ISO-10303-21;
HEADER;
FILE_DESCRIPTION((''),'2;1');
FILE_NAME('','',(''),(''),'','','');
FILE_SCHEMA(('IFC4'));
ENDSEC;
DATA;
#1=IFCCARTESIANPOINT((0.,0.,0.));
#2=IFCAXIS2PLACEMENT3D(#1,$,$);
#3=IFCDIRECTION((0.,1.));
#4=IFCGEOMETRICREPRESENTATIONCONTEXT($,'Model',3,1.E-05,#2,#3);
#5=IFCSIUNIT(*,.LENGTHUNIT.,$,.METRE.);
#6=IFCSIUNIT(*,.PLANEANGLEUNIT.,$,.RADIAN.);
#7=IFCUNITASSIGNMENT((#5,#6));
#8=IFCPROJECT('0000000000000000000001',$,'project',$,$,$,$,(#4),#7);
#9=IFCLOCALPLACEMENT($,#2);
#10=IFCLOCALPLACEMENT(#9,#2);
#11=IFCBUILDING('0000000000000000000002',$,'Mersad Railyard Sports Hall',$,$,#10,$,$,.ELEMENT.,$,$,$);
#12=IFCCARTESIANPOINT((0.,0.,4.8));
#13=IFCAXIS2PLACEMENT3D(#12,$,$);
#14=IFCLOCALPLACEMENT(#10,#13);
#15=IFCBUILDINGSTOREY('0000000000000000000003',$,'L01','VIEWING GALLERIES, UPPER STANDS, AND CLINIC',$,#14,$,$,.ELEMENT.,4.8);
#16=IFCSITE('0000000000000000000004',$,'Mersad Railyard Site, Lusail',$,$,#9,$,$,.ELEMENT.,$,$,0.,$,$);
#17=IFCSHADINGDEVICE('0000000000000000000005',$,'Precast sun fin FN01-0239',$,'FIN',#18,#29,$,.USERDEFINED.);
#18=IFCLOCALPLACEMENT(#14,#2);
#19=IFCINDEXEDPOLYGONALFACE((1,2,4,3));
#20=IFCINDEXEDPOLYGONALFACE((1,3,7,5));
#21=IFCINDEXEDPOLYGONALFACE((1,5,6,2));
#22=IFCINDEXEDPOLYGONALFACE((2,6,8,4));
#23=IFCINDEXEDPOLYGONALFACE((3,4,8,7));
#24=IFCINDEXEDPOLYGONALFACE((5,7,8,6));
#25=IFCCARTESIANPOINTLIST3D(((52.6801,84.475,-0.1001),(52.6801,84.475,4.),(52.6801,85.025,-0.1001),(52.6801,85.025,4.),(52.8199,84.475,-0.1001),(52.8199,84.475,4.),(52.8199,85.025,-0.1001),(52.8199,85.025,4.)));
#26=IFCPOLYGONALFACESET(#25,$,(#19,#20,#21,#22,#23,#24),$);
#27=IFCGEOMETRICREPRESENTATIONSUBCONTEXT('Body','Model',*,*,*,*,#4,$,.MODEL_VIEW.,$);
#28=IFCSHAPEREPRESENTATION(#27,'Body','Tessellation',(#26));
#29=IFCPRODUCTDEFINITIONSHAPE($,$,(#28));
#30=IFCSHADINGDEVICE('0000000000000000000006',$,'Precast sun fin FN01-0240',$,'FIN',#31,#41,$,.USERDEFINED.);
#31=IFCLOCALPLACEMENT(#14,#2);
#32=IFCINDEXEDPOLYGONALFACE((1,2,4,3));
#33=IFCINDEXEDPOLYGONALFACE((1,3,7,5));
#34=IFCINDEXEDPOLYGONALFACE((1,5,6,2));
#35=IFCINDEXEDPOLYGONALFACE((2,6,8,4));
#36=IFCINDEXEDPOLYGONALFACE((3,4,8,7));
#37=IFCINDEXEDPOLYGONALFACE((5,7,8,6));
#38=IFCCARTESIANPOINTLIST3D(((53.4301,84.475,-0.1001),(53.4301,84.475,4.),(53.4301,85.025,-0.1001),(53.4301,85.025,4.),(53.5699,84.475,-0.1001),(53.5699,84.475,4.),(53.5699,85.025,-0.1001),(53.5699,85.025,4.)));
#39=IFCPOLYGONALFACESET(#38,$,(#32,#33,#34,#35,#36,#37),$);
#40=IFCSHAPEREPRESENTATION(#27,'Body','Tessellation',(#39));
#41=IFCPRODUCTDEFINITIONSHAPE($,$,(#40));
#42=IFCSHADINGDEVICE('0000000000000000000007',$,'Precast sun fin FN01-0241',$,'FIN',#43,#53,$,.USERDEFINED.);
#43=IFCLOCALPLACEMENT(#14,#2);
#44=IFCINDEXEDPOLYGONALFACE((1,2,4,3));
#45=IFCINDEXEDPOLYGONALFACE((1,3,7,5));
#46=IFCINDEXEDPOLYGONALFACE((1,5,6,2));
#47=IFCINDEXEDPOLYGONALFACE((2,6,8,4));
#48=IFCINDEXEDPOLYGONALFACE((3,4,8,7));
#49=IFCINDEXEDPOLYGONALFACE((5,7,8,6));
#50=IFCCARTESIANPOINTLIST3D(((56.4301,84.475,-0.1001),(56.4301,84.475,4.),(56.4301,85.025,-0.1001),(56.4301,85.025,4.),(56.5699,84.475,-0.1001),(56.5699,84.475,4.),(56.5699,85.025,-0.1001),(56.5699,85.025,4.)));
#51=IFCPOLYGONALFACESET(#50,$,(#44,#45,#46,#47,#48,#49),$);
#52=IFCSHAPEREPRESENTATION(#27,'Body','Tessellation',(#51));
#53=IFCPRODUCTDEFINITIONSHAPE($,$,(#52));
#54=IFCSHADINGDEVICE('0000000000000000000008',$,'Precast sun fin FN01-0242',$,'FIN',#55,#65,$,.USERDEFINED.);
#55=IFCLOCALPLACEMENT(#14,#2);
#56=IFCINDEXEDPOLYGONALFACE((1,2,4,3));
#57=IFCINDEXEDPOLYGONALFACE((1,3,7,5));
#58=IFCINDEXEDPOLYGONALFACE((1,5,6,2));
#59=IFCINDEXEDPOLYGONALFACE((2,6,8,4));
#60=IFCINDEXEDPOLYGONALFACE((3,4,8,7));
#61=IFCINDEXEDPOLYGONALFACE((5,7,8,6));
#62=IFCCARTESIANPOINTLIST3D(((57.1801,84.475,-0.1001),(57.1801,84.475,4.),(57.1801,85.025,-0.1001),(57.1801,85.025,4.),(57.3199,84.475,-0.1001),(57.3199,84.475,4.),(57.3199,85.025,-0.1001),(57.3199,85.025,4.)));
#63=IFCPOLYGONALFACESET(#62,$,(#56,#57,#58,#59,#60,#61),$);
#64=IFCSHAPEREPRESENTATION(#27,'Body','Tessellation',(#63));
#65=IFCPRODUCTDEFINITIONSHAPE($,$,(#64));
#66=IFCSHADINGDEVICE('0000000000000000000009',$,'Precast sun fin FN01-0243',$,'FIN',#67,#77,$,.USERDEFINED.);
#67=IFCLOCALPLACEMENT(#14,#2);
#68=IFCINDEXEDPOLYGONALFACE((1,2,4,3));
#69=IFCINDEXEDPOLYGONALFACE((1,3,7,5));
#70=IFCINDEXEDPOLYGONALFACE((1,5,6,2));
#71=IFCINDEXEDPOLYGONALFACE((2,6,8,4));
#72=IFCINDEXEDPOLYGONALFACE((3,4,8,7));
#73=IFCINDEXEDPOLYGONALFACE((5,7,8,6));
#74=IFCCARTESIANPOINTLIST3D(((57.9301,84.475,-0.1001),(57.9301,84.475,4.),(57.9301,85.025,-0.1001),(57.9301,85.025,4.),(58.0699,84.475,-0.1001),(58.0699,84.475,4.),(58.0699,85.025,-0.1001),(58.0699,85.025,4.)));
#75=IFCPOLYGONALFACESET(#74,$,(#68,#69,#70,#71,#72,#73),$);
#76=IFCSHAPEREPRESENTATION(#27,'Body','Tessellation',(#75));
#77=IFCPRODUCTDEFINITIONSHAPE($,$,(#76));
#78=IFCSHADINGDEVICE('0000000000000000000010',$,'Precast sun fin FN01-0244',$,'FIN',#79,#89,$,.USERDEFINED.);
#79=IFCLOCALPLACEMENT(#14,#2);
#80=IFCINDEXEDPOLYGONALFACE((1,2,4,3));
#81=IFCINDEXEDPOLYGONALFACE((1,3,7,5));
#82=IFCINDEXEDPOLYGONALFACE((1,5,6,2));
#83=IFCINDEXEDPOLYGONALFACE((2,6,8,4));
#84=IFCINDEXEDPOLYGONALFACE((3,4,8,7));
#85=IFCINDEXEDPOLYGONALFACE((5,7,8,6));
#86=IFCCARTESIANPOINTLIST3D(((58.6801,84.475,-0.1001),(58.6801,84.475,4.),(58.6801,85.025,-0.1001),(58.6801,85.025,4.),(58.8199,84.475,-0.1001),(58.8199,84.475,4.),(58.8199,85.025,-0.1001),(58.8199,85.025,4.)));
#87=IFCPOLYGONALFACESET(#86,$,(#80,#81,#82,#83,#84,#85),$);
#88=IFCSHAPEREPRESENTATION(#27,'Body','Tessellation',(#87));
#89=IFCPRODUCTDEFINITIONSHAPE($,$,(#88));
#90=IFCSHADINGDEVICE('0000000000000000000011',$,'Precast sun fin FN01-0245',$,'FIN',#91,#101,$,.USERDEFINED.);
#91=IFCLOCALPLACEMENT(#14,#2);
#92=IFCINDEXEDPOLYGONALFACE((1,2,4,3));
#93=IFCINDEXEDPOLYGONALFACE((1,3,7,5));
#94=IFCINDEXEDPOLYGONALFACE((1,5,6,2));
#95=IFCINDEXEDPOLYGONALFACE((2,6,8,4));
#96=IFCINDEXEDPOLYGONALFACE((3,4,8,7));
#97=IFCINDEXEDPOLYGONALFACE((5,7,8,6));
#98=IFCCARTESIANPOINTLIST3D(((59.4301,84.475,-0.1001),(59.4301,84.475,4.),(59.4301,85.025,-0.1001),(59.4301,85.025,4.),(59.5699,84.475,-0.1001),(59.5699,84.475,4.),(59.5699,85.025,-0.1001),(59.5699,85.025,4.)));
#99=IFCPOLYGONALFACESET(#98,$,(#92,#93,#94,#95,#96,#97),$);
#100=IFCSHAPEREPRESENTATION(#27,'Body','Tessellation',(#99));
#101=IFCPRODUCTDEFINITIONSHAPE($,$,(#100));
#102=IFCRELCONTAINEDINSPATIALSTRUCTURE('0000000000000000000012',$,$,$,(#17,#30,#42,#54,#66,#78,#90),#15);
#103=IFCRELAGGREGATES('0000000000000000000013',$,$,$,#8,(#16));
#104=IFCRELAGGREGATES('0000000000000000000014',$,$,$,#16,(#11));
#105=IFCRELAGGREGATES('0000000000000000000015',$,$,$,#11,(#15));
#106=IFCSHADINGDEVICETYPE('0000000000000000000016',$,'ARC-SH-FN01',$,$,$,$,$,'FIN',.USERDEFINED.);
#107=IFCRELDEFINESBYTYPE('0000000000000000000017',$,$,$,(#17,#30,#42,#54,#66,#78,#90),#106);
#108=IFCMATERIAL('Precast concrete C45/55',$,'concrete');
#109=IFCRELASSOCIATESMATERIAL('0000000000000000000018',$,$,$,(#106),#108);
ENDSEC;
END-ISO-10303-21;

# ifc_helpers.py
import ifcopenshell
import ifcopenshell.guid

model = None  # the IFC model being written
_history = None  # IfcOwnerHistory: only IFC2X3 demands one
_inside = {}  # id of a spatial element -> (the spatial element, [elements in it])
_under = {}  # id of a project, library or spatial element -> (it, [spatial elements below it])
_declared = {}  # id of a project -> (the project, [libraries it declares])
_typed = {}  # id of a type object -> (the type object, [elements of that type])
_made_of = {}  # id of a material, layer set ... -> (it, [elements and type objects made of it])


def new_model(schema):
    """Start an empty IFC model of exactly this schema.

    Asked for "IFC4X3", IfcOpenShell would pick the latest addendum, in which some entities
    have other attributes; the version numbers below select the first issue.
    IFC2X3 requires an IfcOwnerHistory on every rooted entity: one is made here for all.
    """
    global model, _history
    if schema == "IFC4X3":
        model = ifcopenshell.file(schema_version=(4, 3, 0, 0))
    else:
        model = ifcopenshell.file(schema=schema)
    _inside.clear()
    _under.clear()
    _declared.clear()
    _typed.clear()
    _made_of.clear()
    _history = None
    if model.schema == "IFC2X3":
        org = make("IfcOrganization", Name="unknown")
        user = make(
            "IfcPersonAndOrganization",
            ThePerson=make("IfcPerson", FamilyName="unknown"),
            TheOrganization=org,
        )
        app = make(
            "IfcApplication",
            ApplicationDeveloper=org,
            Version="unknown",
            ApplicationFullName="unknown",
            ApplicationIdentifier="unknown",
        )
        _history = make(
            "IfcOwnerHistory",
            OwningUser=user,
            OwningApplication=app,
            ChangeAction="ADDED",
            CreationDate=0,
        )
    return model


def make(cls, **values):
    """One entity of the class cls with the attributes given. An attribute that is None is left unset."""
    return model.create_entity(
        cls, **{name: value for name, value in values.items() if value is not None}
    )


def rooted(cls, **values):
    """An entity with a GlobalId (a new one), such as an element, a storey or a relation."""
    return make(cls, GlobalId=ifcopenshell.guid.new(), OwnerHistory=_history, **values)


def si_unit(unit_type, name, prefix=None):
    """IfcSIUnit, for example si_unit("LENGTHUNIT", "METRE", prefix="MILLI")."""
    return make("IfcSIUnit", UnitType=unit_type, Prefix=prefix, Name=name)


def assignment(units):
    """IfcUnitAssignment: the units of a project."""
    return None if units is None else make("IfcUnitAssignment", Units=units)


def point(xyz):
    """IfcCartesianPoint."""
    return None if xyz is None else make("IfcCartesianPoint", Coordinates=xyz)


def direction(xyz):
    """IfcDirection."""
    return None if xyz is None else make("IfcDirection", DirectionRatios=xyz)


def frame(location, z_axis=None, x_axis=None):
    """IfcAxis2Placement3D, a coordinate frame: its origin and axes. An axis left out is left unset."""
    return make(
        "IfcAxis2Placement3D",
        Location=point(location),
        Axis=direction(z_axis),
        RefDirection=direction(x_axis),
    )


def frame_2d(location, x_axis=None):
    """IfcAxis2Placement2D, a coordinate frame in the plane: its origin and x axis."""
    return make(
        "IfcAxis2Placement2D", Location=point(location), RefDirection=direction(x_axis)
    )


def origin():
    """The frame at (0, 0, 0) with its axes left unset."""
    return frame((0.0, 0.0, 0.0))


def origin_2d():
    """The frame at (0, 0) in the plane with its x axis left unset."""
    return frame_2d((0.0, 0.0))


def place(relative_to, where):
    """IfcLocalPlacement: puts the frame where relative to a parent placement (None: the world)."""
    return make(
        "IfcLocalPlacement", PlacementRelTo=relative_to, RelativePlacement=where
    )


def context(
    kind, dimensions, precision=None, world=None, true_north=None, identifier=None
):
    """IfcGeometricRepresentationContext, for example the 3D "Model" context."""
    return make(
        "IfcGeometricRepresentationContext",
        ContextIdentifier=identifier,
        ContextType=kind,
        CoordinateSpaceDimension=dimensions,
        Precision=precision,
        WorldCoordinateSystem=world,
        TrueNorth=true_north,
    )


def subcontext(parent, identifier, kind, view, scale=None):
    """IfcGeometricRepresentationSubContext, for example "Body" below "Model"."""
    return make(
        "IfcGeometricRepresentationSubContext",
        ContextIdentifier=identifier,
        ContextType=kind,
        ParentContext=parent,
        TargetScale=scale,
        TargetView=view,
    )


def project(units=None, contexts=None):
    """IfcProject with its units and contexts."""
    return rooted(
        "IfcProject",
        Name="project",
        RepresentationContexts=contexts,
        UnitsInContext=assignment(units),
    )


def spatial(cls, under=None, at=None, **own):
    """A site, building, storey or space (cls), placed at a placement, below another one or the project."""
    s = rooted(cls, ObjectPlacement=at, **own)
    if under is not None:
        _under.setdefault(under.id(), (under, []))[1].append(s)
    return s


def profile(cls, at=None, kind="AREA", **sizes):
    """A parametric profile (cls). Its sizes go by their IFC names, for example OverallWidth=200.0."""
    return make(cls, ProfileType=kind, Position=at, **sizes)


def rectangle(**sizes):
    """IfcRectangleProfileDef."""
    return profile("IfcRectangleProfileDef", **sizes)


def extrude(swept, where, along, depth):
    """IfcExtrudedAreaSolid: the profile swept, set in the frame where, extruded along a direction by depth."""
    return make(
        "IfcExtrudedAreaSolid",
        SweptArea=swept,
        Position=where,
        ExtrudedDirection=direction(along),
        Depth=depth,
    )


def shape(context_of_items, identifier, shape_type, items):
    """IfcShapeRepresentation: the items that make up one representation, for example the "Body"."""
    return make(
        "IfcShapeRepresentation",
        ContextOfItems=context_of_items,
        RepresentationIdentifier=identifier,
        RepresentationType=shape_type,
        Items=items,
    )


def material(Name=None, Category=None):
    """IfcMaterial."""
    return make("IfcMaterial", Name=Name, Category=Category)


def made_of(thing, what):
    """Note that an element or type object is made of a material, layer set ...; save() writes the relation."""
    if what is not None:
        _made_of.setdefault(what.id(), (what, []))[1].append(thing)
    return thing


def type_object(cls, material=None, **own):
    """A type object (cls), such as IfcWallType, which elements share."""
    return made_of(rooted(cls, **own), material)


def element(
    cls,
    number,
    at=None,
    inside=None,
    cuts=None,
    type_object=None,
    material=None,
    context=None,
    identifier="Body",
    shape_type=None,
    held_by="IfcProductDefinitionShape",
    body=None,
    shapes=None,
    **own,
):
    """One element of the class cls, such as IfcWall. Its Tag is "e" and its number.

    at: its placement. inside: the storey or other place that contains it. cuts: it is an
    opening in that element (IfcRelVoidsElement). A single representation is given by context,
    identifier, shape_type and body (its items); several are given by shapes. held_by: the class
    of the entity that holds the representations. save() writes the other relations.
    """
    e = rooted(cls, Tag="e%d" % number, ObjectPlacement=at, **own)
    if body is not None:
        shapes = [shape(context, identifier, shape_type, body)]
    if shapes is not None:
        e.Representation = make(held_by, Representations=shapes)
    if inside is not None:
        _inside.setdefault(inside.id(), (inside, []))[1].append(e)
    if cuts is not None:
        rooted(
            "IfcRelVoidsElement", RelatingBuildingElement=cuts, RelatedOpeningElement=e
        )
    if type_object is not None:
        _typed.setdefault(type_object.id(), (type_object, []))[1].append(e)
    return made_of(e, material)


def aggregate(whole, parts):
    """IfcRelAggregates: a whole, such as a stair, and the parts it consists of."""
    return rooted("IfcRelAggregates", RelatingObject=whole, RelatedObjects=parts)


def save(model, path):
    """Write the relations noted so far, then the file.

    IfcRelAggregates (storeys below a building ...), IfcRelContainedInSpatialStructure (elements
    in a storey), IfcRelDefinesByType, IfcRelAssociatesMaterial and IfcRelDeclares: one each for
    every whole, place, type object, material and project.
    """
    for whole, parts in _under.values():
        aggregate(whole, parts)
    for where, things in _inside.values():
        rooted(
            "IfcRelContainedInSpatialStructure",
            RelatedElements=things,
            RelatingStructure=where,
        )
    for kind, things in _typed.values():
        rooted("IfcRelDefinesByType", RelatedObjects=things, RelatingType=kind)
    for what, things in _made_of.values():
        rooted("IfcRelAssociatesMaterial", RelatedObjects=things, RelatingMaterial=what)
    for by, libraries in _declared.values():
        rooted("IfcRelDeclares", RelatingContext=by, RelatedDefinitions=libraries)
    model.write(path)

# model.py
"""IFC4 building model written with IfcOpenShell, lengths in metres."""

from ifc_helpers import new_model, si_unit, direction, frame, origin, origin_2d, place, context, subcontext, project, spatial, rectangle, extrude, material, type_object, element, save


model = new_model("IFC4")

# Units and contexts
model_context = context("Model", 3, precision=1e-05, world=origin(), true_north=direction((0.0, 1.0)))
body_context = subcontext(model_context, "Body", "Model", "MODEL_VIEW")
ifc_project = project(units=[si_unit("LENGTHUNIT", "METRE"), si_unit("PLANEANGLEUNIT", "RADIAN")], contexts=[model_context])

# Site, building, storey
site_placement = place(None, origin())
site = spatial("IfcSite", under=ifc_project, at=site_placement, Name="Mersad Railyard Site, Lusail", CompositionType="ELEMENT", RefElevation=0.0)
building_placement = place(site_placement, origin())
building = spatial("IfcBuilding", under=site, at=building_placement, Name="Mersad Railyard Sports Hall", CompositionType="ELEMENT")
storey_placement = place(building_placement, frame((0.0, 0.0, 4.8)))
storey = spatial("IfcBuildingStorey", under=building, at=storey_placement, Name="L01", Description="VIEWING GALLERIES, UPPER STANDS, AND CLINIC", CompositionType="ELEMENT", Elevation=4.8)

# Shading devices
ifc_material_1 = material(Name="Precast concrete C45/55", Category="concrete")
shading_device_type = type_object("IfcShadingDeviceType", Name="ARC-SH-FN01", ElementType="FIN", PredefinedType="USERDEFINED", material=ifc_material_1)
for number, where, z_axis, x_axis, name in (
    (1, (52.75, 84.75, -0.1001), (0.0, 0.0, 1.0), (1.0, 0.0, 0.0), "Precast sun fin FN01-0239"),
    (2, (53.5, 84.75, -0.1001), (0.0, 0.0, 1.0), (1.0, 0.0, 0.0), "Precast sun fin FN01-0240"),
    (3, (56.5, 84.75, -0.1001), (0.0, 0.0, 1.0), (1.0, 0.0, 0.0), "Precast sun fin FN01-0241"),
    (4, (57.25, 84.75, -0.1001), (0.0, 0.0, 1.0), (1.0, 0.0, 0.0), "Precast sun fin FN01-0242"),
    (5, (58.0, 84.75, -0.1001), (0.0, 0.0, 1.0), (1.0, 0.0, 0.0), "Precast sun fin FN01-0243"),
    (6, (58.75, 84.75, -0.1001), (0.0, 0.0, 1.0), (1.0, 0.0, 0.0), "Precast sun fin FN01-0244"),
    (7, (59.5, 84.75, -0.1001), (0.0, 0.0, 1.0), (1.0, 0.0, 0.0), "Precast sun fin FN01-0245"),
):
    element("IfcShadingDevice", number, at=place(storey_placement, frame(where, z_axis=z_axis, x_axis=x_axis)), inside=storey, type_object=shading_device_type, Name=name, ObjectType="FIN", PredefinedType="USERDEFINED", context=body_context, shape_type="SweptSolid", body=[
        extrude(rectangle(XDim=0.1399, YDim=0.55, at=origin_2d()), origin(), (0.0, 0.0, 1.0), 4.1001),
    ])

save(model, "model.ifc")
